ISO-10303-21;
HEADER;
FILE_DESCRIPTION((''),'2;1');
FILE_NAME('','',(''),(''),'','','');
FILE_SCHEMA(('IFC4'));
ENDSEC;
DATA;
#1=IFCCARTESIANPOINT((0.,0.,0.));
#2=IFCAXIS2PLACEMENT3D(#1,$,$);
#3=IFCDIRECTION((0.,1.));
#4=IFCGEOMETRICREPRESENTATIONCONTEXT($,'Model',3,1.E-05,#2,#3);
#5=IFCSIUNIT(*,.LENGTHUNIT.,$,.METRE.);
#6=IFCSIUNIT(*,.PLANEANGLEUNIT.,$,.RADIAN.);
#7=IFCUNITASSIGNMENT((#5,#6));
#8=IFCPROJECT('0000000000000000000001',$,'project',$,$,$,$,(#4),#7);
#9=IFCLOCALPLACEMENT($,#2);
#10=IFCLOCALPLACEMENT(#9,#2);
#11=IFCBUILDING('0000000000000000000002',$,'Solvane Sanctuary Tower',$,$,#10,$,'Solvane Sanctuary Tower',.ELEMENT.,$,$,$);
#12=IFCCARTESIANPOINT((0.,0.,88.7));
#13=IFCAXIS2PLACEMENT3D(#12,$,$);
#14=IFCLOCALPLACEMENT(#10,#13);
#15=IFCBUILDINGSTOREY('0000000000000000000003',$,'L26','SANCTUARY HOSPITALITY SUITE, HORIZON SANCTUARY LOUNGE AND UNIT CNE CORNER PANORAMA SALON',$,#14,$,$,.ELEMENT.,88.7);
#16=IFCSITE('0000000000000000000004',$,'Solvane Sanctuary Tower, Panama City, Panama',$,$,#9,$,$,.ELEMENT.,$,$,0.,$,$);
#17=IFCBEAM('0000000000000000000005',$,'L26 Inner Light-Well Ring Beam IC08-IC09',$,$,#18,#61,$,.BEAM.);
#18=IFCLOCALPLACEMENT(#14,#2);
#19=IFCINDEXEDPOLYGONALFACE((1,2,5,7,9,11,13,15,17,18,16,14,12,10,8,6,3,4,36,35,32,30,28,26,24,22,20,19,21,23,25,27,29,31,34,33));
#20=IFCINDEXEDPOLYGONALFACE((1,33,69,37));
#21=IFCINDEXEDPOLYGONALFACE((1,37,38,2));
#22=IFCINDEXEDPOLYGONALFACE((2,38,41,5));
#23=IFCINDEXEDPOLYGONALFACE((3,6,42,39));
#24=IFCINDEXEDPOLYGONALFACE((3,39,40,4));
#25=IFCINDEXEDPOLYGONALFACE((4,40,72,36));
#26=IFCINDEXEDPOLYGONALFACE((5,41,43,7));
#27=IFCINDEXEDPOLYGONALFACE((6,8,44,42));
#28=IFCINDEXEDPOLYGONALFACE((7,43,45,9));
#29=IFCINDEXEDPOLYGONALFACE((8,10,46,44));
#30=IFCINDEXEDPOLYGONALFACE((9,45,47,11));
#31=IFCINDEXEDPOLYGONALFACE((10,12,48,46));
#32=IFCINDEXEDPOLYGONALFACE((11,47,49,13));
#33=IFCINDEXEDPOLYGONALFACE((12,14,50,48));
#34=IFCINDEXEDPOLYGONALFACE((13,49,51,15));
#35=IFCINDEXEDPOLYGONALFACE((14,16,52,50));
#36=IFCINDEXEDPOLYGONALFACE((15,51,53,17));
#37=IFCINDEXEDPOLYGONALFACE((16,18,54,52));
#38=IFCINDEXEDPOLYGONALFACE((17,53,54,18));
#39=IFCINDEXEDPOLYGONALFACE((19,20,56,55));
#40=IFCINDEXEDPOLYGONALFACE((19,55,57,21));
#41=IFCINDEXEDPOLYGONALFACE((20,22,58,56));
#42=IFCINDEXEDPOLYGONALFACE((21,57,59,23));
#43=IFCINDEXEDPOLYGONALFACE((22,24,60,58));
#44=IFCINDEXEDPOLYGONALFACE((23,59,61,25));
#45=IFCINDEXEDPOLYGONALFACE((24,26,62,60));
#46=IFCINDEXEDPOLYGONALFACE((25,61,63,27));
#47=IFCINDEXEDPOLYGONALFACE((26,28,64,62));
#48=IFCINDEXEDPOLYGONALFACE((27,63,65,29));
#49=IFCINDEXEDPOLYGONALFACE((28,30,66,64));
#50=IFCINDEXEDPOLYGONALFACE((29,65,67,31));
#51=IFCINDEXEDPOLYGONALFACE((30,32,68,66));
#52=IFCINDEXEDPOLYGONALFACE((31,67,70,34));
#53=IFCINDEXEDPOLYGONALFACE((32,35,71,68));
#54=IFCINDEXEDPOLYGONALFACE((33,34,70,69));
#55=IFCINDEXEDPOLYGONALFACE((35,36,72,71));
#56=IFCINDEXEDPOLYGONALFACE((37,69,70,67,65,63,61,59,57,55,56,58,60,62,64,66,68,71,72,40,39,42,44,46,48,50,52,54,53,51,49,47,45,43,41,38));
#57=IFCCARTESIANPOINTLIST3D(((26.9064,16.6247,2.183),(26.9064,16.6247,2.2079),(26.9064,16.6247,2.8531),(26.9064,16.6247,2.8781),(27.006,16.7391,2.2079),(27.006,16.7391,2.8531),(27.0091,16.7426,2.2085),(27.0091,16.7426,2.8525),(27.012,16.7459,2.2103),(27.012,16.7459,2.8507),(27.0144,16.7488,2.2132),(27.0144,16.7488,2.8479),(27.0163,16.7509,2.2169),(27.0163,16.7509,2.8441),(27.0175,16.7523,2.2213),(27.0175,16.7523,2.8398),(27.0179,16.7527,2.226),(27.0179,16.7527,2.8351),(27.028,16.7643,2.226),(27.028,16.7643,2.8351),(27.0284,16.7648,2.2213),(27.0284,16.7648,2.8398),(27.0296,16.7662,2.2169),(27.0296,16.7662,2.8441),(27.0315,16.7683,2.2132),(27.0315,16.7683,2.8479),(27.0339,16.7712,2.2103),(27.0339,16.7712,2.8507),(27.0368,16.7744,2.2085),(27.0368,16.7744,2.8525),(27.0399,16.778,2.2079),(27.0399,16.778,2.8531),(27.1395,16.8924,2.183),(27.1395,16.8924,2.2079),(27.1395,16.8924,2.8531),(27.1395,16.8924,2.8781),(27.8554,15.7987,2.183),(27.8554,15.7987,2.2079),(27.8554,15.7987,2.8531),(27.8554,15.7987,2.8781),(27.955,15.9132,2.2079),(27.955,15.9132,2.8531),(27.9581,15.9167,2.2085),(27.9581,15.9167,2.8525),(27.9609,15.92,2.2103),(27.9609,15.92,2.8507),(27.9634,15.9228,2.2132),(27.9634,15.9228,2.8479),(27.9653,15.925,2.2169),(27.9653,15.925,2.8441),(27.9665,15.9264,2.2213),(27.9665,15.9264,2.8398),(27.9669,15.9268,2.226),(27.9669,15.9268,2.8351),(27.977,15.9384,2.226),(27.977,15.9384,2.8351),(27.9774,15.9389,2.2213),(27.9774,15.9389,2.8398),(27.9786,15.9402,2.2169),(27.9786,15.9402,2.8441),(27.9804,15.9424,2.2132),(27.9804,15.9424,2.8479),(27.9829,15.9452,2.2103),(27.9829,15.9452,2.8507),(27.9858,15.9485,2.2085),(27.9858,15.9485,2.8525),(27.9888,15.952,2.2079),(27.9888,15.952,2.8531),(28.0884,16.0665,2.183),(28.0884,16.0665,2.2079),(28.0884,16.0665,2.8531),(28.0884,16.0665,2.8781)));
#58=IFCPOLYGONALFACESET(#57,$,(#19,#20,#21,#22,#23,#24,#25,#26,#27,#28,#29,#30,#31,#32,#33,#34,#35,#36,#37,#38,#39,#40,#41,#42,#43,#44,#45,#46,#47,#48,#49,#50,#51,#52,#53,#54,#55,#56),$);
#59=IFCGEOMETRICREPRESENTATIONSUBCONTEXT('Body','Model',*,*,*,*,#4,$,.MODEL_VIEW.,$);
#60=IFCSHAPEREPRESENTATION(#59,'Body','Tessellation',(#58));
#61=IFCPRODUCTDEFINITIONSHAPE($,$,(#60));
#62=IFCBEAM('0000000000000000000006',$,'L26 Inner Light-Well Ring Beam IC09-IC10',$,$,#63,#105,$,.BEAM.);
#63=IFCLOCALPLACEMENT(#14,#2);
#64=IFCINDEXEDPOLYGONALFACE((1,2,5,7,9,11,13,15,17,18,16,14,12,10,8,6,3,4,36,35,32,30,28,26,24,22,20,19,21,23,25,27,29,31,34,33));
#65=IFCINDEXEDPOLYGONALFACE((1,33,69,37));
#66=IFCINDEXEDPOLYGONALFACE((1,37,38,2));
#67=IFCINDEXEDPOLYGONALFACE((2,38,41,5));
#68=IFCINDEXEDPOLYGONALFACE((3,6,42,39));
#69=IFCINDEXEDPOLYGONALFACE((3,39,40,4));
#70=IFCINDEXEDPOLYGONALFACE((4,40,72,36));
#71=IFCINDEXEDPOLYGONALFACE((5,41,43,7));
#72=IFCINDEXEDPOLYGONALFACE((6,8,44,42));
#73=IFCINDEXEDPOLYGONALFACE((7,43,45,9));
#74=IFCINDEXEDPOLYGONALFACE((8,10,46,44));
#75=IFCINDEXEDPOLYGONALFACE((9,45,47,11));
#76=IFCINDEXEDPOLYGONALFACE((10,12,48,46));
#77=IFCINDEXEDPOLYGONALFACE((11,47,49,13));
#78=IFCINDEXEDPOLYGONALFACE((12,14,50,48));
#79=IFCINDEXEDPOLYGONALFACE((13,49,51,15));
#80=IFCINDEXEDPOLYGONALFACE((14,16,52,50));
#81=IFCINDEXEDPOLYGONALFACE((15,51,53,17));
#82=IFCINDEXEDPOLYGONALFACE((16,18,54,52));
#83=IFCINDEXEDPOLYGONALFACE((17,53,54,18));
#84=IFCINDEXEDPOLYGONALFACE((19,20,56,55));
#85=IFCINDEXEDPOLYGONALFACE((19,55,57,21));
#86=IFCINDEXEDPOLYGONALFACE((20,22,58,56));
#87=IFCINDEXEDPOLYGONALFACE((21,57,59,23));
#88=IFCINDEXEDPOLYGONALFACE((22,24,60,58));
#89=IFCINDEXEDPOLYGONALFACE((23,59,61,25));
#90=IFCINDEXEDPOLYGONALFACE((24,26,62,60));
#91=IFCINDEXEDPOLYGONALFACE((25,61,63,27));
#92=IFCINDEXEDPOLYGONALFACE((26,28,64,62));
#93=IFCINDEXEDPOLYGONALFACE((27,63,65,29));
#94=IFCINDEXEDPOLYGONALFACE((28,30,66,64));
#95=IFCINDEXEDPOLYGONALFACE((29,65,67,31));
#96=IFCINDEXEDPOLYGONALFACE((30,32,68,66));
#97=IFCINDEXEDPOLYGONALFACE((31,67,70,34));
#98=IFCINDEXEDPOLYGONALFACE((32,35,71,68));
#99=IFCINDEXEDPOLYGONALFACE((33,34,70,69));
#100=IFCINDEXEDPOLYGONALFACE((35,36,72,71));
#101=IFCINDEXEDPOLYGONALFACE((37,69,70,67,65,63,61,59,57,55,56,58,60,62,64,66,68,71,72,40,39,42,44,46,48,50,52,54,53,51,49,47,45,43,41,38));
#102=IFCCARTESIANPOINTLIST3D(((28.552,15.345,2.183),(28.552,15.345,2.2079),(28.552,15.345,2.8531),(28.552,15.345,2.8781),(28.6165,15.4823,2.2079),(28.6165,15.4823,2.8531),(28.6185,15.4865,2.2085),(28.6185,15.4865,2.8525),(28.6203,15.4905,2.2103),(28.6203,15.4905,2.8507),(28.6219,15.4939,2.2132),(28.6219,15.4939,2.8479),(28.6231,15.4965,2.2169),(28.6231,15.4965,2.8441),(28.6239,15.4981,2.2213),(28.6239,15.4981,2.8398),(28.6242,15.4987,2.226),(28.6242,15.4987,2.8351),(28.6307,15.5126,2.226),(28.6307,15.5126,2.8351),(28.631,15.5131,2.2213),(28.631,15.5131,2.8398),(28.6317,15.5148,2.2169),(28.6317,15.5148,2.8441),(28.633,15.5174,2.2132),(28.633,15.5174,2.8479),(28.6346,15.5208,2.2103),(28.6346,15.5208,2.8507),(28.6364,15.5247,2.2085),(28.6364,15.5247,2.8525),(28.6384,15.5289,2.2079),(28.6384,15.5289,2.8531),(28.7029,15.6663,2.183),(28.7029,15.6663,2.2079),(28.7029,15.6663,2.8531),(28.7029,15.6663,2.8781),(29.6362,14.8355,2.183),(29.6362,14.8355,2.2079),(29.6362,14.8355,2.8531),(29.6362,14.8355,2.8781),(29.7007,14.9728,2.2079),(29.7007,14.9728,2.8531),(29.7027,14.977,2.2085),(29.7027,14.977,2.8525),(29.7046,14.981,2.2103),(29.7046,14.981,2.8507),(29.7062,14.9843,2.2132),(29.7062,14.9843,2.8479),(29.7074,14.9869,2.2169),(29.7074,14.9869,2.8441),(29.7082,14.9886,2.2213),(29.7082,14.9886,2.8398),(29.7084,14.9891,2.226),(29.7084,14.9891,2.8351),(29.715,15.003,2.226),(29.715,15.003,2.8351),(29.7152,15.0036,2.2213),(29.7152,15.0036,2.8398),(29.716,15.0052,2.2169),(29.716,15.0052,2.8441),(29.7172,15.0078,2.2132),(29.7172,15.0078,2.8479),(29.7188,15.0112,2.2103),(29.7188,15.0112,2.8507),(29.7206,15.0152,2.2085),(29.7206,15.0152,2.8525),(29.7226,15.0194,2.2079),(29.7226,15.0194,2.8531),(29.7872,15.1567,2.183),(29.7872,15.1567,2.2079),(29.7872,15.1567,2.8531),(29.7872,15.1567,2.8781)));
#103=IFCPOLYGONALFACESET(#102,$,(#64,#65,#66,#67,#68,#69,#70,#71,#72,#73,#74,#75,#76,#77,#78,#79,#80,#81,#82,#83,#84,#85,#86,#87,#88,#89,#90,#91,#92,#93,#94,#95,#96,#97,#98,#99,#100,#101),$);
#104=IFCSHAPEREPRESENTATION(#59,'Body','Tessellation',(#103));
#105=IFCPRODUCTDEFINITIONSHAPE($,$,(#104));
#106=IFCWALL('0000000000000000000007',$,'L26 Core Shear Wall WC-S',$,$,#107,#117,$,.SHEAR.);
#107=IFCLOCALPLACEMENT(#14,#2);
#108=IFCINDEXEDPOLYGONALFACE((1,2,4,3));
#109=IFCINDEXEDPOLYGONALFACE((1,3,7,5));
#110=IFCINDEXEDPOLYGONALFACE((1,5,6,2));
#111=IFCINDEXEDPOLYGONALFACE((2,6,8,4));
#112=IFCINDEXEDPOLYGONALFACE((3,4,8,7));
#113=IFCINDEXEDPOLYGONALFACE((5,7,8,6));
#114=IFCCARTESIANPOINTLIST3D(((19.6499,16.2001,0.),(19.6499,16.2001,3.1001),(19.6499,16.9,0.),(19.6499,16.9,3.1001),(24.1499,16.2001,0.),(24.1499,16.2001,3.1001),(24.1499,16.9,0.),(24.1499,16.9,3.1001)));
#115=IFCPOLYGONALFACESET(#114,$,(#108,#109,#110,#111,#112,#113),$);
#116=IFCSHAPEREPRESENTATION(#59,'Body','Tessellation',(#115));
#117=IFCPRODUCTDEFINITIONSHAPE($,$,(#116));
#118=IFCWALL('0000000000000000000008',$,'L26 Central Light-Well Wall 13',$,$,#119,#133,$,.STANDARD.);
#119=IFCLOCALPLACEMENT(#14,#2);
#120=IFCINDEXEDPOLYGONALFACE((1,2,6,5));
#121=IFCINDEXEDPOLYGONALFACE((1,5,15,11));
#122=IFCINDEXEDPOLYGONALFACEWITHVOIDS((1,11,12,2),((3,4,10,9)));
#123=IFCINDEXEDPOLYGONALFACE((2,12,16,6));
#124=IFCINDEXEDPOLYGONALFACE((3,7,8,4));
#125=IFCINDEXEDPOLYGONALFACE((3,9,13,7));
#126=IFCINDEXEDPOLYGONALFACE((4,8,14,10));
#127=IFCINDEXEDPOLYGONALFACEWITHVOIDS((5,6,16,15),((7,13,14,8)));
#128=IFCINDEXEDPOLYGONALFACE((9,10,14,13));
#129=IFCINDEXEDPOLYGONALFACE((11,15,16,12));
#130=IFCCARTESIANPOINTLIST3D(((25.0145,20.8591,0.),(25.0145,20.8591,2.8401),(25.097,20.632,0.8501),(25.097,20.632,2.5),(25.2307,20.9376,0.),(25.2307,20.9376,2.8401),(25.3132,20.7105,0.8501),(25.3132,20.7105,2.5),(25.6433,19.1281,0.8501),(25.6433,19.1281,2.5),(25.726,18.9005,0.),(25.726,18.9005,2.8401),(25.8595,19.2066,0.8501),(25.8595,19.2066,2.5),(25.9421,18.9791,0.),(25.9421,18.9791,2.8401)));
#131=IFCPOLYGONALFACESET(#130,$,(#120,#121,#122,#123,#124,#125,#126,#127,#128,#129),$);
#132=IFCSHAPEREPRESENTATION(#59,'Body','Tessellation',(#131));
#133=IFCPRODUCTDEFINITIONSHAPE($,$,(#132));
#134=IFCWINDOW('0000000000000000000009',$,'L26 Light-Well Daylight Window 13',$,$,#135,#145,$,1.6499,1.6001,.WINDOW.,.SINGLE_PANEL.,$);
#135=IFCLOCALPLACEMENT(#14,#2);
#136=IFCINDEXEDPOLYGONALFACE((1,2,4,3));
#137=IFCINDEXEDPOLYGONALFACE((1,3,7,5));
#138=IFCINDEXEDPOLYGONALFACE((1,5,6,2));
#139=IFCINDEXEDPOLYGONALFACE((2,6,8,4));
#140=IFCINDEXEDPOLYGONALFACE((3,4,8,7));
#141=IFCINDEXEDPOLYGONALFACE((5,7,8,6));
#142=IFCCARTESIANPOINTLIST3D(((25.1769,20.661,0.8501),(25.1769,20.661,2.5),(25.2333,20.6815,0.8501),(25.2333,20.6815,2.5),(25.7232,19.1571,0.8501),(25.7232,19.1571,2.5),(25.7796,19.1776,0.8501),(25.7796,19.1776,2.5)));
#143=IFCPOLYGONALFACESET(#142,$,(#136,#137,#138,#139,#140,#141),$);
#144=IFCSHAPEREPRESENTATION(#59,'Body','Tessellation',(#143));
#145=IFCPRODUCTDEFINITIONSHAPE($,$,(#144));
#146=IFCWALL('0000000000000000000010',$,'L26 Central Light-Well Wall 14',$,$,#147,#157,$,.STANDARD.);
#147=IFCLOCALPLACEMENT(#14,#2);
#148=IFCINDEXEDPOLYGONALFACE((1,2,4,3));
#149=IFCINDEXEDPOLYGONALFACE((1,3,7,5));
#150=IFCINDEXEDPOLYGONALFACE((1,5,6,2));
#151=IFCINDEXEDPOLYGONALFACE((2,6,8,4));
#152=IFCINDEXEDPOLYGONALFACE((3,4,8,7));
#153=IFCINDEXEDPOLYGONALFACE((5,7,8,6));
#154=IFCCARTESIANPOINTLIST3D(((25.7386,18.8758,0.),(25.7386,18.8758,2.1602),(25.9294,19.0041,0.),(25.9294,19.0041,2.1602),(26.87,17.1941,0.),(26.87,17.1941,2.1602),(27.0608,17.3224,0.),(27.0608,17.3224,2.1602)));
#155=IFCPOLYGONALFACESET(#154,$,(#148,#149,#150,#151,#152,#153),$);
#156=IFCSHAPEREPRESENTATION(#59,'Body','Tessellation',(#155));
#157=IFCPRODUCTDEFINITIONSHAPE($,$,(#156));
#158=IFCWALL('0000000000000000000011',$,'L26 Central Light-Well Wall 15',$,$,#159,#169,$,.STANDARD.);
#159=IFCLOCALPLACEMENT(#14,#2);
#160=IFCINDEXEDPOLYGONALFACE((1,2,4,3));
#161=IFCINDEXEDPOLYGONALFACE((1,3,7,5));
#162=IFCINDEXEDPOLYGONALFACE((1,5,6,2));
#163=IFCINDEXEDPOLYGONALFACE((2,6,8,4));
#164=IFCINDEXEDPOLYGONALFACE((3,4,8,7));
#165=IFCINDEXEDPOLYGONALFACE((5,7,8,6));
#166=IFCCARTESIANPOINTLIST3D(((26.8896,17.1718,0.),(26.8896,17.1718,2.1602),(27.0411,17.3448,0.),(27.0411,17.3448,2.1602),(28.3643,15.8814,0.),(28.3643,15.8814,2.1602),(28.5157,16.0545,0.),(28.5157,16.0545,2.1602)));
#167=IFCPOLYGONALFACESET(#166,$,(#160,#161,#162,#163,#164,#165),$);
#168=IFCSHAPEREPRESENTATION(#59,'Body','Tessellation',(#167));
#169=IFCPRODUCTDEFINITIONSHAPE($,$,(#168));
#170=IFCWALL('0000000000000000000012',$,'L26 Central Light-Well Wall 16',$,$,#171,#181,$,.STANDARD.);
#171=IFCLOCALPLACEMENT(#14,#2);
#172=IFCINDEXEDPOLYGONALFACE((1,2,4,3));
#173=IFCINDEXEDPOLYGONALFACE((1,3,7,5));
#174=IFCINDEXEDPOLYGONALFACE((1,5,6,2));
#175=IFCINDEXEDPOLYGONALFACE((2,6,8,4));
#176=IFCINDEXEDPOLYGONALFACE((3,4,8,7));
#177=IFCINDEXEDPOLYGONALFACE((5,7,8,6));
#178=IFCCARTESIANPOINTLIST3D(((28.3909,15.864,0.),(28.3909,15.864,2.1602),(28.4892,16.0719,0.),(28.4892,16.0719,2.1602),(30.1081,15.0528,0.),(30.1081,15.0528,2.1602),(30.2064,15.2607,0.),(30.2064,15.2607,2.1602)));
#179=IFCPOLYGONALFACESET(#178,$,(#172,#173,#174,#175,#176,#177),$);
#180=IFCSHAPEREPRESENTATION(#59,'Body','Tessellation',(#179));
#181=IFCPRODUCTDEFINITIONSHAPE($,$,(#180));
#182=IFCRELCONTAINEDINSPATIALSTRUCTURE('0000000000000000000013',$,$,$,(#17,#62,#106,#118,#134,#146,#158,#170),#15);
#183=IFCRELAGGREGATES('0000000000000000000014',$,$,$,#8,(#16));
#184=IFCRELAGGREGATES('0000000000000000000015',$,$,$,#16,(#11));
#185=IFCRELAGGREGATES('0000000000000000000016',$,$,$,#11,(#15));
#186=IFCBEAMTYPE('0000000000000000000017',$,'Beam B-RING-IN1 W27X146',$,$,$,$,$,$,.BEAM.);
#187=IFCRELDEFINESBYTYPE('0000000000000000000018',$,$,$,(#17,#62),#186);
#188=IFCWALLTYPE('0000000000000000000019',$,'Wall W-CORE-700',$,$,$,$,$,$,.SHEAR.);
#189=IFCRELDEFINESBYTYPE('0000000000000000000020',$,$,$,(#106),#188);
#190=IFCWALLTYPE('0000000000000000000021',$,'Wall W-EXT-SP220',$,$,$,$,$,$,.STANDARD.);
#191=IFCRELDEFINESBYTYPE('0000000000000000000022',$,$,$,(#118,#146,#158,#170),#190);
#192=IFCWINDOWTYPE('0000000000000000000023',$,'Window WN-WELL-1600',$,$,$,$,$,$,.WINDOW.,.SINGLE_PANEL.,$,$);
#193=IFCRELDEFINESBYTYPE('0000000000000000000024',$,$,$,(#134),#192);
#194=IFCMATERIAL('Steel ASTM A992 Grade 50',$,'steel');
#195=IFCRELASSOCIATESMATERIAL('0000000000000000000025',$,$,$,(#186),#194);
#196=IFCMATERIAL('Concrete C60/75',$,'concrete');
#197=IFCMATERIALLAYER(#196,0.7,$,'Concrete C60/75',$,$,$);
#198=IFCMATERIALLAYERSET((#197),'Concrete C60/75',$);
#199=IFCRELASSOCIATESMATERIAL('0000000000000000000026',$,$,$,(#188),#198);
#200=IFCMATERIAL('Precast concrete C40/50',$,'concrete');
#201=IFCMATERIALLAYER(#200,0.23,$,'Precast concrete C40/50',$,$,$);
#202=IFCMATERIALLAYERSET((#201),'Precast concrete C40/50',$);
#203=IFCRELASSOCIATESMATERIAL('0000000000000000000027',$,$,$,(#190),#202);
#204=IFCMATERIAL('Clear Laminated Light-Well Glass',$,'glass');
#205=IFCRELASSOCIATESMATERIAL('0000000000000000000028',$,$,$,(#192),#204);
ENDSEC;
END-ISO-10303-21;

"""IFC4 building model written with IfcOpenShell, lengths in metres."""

from ifc_helpers import new_model, si_unit, direction, frame, frame_2d, origin, origin_2d, place, context, subcontext, project, spatial, rectangle, i_section, extrude, material, layer, layer_set, material_profile, profile_set, type_object, element, fill, save


model = new_model("IFC4")

# Units and contexts
model_context = context("Model", 3, precision=1e-05, world=origin(), true_north=direction((0.0, 1.0)))
body_context = subcontext(model_context, "Body", "Model", "MODEL_VIEW")
ifc_project = project(units=[si_unit("LENGTHUNIT", "METRE"), si_unit("PLANEANGLEUNIT", "RADIAN")], contexts=[model_context])

# Site, building, storey
site_placement = place(None, origin())
site = spatial("IfcSite", under=ifc_project, at=site_placement, Name="Solvane Sanctuary Tower, Panama City, Panama", CompositionType="ELEMENT", RefElevation=0.0)
building_placement = place(site_placement, origin())
building = spatial("IfcBuilding", under=site, at=building_placement, Name="Solvane Sanctuary Tower", LongName="Solvane Sanctuary Tower", CompositionType="ELEMENT")
storey_placement = place(building_placement, frame((0.0, 0.0, 88.7)))
storey = spatial("IfcBuildingStorey", under=building, at=storey_placement, Name="L26", Description="SANCTUARY HOSPITALITY SUITE, HORIZON SANCTUARY LOUNGE AND UNIT CNE CORNER PANORAMA SALON", CompositionType="ELEMENT", Elevation=88.7)

# Shared definitions
ifc_material_1 = material(Name="Concrete C60/75", Category="concrete")

# Beams
ifc_material_2 = material(Name="Steel ASTM A992 Grade 50", Category="steel")
ifc_material_profile_1 = material_profile(ifc_material_2, i_section(OverallWidth=0.355, OverallDepth=0.6951, WebThickness=0.0154, FlangeThickness=0.0249, FilletRadius=0.0181, at=origin_2d()), Name="W27X146")
ifc_profile_set_1 = profile_set([ifc_material_profile_1], Name="Steel ASTM A992 Grade 50")
beam_type_1 = type_object("IfcBeamType", Name="Beam B-RING-IN1 W27X146", PredefinedType="BEAM", material=ifc_profile_set_1)
beam_1_placement = place(storey_placement, frame((27.0229, 16.7585, 2.5305), z_axis=(0.754317, -0.65651, 0.0), x_axis=(0.65651, 0.754317, 0.0)))
element("IfcBeam", 1, at=beam_1_placement, inside=storey, type_object=beam_type_1, Name="L26 Inner Light-Well Ring Beam IC08-IC09", PredefinedType="BEAM", context=body_context, shape_type="SweptSolid", body=[
    extrude(i_section(OverallWidth=0.355, OverallDepth=0.6951, WebThickness=0.0154, FlangeThickness=0.0249, FilletRadius=0.0181, at=origin_2d()), origin(), (0.0, 0.0, 1.0), 1.2581),
])
beam_2_placement = place(storey_placement, frame((28.6274, 15.5056, 2.5305), z_axis=(0.905045, -0.425316, 0.0), x_axis=(0.425316, 0.905045, 0.0)))
element("IfcBeam", 2, at=beam_2_placement, inside=storey, type_object=beam_type_1, Name="L26 Inner Light-Well Ring Beam IC09-IC10", PredefinedType="BEAM", context=body_context, shape_type="SweptSolid", body=[
    extrude(i_section(OverallWidth=0.355, OverallDepth=0.6951, WebThickness=0.0154, FlangeThickness=0.0249, FilletRadius=0.0181, at=origin_2d()), origin(), (0.0, 0.0, 1.0), 1.198),
])

# Wall
ifc_layer_1 = layer(ifc_material_1, 0.7, Name="Concrete C60/75")
ifc_layer_set_1 = layer_set([ifc_layer_1], Name="Concrete C60/75")
wall_type_1 = type_object("IfcWallType", Name="Wall W-CORE-700", PredefinedType="SHEAR", material=ifc_layer_set_1)
wall_1_placement = place(storey_placement, frame((19.6499, 16.55, 0.0), z_axis=(0.0, 0.0, 1.0), x_axis=(1.0, 0.0, 0.0)))
element("IfcWall", 3, at=wall_1_placement, inside=storey, type_object=wall_type_1, Name="L26 Core Shear Wall WC-S", PredefinedType="SHEAR", context=body_context, shape_type="SweptSolid", body=[
    extrude(rectangle(XDim=4.5, YDim=0.7, at=frame_2d((2.25, 0.0))), origin(), (0.0, 0.0, 1.0), 3.1001),
])

# Wall, opening, window
ifc_material_3 = material(Name="Precast concrete C40/50", Category="concrete")
ifc_layer_2 = layer(ifc_material_3, 0.23, Name="Precast concrete C40/50")
ifc_layer_set_2 = layer_set([ifc_layer_2], Name="Precast concrete C40/50")
wall_type_2 = type_object("IfcWallType", Name="Wall W-EXT-SP220", PredefinedType="STANDARD", material=ifc_layer_set_2)
wall_2_placement = place(storey_placement, frame((25.1226, 20.8984, 0.0), z_axis=(0.0, 0.0, 1.0), x_axis=(0.341423, -0.93991, 0.0)))
wall_2 = element("IfcWall", 4, at=wall_2_placement, inside=storey, type_object=wall_type_2, Name="L26 Central Light-Well Wall 13", PredefinedType="STANDARD", context=body_context, shape_type="SweptSolid", body=[
    extrude(rectangle(XDim=2.0837, YDim=0.23, at=frame_2d((1.042, 0.0))), origin(), (0.0, 0.0, 1.0), 2.8401),
])
opening_1_placement = place(wall_2_placement, frame((0.2417, 0.0, 0.8501)))
opening_1 = element("IfcOpeningElement", 5, at=opening_1_placement, cuts=wall_2, PredefinedType="OPENING", context=body_context, shape_type="SweptSolid", body=[
    extrude(rectangle(XDim=1.6001, YDim=1.6499, at=frame_2d((0.8, 0.825))), frame((0.0, 0.125, 0.0), z_axis=(0.0, -1.0, 0.0), x_axis=(1.0, 0.0, 0.0)), (0.0, 0.0, 1.0), 0.25),
])
ifc_material_4 = material(Name="Clear Laminated Light-Well Glass", Category="glass")
window_type = type_object("IfcWindowType", Name="Window WN-WELL-1600", PartitioningType="SINGLE_PANEL", PredefinedType="WINDOW", material=ifc_material_4)
window_placement = place(opening_1_placement, origin())
window = element("IfcWindow", 6, at=window_placement, inside=storey, type_object=window_type, Name="L26 Light-Well Daylight Window 13", OverallHeight=1.6499, OverallWidth=1.6001, PartitioningType="SINGLE_PANEL", PredefinedType="WINDOW", context=body_context, shape_type="SweptSolid", body=[
    extrude(rectangle(XDim=1.6001, YDim=1.6499, at=frame_2d((0.8, 0.825))), frame((0.0, 0.03, 0.0), z_axis=(0.0, -1.0, 0.0), x_axis=(1.0, 0.0, 0.0)), (0.0, 0.0, 1.0), 0.0601),
])
fill(opening_1, window)

# Walls
wall_3_placement = place(storey_placement, frame((25.834, 18.9399, 0.0), z_axis=(0.0, 0.0, 1.0), x_axis=(0.558198, -0.829708, 0.0)))
element("IfcWall", 7, at=wall_3_placement, inside=storey, type_object=wall_type_2, Name="L26 Central Light-Well Wall 14", PredefinedType="STANDARD", context=body_context, shape_type="SweptSolid", body=[
    extrude(rectangle(XDim=2.0269, YDim=0.23, at=frame_2d((1.0134, 0.0))), origin(), (0.0, 0.0, 1.0), 2.1602),
])
wall_4_placement = place(storey_placement, frame((26.9653, 17.2583, 0.0), z_axis=(0.0, 0.0, 1.0), x_axis=(0.752577, -0.658505, 0.0)))
element("IfcWall", 8, at=wall_4_placement, inside=storey, type_object=wall_type_2, Name="L26 Central Light-Well Wall 15", PredefinedType="STANDARD", context=body_context, shape_type="SweptSolid", body=[
    extrude(rectangle(XDim=1.9595, YDim=0.23, at=frame_2d((0.9797, 0.0))), origin(), (0.0, 0.0, 1.0), 2.1602),
])
wall_5_placement = place(storey_placement, frame((28.4399, 15.968, 0.0), z_axis=(0.0, 0.0, 1.0), x_axis=(0.90418, -0.427152, 0.0)))
element("IfcWall", 9, at=wall_5_placement, inside=storey, type_object=wall_type_2, Name="L26 Central Light-Well Wall 16", PredefinedType="STANDARD", context=body_context, shape_type="SweptSolid", body=[
    extrude(rectangle(XDim=1.8992, YDim=0.23, at=frame_2d((0.9497, 0.0))), origin(), (0.0, 0.0, 1.0), 2.1602),
])

save(model, "model.ifc")
